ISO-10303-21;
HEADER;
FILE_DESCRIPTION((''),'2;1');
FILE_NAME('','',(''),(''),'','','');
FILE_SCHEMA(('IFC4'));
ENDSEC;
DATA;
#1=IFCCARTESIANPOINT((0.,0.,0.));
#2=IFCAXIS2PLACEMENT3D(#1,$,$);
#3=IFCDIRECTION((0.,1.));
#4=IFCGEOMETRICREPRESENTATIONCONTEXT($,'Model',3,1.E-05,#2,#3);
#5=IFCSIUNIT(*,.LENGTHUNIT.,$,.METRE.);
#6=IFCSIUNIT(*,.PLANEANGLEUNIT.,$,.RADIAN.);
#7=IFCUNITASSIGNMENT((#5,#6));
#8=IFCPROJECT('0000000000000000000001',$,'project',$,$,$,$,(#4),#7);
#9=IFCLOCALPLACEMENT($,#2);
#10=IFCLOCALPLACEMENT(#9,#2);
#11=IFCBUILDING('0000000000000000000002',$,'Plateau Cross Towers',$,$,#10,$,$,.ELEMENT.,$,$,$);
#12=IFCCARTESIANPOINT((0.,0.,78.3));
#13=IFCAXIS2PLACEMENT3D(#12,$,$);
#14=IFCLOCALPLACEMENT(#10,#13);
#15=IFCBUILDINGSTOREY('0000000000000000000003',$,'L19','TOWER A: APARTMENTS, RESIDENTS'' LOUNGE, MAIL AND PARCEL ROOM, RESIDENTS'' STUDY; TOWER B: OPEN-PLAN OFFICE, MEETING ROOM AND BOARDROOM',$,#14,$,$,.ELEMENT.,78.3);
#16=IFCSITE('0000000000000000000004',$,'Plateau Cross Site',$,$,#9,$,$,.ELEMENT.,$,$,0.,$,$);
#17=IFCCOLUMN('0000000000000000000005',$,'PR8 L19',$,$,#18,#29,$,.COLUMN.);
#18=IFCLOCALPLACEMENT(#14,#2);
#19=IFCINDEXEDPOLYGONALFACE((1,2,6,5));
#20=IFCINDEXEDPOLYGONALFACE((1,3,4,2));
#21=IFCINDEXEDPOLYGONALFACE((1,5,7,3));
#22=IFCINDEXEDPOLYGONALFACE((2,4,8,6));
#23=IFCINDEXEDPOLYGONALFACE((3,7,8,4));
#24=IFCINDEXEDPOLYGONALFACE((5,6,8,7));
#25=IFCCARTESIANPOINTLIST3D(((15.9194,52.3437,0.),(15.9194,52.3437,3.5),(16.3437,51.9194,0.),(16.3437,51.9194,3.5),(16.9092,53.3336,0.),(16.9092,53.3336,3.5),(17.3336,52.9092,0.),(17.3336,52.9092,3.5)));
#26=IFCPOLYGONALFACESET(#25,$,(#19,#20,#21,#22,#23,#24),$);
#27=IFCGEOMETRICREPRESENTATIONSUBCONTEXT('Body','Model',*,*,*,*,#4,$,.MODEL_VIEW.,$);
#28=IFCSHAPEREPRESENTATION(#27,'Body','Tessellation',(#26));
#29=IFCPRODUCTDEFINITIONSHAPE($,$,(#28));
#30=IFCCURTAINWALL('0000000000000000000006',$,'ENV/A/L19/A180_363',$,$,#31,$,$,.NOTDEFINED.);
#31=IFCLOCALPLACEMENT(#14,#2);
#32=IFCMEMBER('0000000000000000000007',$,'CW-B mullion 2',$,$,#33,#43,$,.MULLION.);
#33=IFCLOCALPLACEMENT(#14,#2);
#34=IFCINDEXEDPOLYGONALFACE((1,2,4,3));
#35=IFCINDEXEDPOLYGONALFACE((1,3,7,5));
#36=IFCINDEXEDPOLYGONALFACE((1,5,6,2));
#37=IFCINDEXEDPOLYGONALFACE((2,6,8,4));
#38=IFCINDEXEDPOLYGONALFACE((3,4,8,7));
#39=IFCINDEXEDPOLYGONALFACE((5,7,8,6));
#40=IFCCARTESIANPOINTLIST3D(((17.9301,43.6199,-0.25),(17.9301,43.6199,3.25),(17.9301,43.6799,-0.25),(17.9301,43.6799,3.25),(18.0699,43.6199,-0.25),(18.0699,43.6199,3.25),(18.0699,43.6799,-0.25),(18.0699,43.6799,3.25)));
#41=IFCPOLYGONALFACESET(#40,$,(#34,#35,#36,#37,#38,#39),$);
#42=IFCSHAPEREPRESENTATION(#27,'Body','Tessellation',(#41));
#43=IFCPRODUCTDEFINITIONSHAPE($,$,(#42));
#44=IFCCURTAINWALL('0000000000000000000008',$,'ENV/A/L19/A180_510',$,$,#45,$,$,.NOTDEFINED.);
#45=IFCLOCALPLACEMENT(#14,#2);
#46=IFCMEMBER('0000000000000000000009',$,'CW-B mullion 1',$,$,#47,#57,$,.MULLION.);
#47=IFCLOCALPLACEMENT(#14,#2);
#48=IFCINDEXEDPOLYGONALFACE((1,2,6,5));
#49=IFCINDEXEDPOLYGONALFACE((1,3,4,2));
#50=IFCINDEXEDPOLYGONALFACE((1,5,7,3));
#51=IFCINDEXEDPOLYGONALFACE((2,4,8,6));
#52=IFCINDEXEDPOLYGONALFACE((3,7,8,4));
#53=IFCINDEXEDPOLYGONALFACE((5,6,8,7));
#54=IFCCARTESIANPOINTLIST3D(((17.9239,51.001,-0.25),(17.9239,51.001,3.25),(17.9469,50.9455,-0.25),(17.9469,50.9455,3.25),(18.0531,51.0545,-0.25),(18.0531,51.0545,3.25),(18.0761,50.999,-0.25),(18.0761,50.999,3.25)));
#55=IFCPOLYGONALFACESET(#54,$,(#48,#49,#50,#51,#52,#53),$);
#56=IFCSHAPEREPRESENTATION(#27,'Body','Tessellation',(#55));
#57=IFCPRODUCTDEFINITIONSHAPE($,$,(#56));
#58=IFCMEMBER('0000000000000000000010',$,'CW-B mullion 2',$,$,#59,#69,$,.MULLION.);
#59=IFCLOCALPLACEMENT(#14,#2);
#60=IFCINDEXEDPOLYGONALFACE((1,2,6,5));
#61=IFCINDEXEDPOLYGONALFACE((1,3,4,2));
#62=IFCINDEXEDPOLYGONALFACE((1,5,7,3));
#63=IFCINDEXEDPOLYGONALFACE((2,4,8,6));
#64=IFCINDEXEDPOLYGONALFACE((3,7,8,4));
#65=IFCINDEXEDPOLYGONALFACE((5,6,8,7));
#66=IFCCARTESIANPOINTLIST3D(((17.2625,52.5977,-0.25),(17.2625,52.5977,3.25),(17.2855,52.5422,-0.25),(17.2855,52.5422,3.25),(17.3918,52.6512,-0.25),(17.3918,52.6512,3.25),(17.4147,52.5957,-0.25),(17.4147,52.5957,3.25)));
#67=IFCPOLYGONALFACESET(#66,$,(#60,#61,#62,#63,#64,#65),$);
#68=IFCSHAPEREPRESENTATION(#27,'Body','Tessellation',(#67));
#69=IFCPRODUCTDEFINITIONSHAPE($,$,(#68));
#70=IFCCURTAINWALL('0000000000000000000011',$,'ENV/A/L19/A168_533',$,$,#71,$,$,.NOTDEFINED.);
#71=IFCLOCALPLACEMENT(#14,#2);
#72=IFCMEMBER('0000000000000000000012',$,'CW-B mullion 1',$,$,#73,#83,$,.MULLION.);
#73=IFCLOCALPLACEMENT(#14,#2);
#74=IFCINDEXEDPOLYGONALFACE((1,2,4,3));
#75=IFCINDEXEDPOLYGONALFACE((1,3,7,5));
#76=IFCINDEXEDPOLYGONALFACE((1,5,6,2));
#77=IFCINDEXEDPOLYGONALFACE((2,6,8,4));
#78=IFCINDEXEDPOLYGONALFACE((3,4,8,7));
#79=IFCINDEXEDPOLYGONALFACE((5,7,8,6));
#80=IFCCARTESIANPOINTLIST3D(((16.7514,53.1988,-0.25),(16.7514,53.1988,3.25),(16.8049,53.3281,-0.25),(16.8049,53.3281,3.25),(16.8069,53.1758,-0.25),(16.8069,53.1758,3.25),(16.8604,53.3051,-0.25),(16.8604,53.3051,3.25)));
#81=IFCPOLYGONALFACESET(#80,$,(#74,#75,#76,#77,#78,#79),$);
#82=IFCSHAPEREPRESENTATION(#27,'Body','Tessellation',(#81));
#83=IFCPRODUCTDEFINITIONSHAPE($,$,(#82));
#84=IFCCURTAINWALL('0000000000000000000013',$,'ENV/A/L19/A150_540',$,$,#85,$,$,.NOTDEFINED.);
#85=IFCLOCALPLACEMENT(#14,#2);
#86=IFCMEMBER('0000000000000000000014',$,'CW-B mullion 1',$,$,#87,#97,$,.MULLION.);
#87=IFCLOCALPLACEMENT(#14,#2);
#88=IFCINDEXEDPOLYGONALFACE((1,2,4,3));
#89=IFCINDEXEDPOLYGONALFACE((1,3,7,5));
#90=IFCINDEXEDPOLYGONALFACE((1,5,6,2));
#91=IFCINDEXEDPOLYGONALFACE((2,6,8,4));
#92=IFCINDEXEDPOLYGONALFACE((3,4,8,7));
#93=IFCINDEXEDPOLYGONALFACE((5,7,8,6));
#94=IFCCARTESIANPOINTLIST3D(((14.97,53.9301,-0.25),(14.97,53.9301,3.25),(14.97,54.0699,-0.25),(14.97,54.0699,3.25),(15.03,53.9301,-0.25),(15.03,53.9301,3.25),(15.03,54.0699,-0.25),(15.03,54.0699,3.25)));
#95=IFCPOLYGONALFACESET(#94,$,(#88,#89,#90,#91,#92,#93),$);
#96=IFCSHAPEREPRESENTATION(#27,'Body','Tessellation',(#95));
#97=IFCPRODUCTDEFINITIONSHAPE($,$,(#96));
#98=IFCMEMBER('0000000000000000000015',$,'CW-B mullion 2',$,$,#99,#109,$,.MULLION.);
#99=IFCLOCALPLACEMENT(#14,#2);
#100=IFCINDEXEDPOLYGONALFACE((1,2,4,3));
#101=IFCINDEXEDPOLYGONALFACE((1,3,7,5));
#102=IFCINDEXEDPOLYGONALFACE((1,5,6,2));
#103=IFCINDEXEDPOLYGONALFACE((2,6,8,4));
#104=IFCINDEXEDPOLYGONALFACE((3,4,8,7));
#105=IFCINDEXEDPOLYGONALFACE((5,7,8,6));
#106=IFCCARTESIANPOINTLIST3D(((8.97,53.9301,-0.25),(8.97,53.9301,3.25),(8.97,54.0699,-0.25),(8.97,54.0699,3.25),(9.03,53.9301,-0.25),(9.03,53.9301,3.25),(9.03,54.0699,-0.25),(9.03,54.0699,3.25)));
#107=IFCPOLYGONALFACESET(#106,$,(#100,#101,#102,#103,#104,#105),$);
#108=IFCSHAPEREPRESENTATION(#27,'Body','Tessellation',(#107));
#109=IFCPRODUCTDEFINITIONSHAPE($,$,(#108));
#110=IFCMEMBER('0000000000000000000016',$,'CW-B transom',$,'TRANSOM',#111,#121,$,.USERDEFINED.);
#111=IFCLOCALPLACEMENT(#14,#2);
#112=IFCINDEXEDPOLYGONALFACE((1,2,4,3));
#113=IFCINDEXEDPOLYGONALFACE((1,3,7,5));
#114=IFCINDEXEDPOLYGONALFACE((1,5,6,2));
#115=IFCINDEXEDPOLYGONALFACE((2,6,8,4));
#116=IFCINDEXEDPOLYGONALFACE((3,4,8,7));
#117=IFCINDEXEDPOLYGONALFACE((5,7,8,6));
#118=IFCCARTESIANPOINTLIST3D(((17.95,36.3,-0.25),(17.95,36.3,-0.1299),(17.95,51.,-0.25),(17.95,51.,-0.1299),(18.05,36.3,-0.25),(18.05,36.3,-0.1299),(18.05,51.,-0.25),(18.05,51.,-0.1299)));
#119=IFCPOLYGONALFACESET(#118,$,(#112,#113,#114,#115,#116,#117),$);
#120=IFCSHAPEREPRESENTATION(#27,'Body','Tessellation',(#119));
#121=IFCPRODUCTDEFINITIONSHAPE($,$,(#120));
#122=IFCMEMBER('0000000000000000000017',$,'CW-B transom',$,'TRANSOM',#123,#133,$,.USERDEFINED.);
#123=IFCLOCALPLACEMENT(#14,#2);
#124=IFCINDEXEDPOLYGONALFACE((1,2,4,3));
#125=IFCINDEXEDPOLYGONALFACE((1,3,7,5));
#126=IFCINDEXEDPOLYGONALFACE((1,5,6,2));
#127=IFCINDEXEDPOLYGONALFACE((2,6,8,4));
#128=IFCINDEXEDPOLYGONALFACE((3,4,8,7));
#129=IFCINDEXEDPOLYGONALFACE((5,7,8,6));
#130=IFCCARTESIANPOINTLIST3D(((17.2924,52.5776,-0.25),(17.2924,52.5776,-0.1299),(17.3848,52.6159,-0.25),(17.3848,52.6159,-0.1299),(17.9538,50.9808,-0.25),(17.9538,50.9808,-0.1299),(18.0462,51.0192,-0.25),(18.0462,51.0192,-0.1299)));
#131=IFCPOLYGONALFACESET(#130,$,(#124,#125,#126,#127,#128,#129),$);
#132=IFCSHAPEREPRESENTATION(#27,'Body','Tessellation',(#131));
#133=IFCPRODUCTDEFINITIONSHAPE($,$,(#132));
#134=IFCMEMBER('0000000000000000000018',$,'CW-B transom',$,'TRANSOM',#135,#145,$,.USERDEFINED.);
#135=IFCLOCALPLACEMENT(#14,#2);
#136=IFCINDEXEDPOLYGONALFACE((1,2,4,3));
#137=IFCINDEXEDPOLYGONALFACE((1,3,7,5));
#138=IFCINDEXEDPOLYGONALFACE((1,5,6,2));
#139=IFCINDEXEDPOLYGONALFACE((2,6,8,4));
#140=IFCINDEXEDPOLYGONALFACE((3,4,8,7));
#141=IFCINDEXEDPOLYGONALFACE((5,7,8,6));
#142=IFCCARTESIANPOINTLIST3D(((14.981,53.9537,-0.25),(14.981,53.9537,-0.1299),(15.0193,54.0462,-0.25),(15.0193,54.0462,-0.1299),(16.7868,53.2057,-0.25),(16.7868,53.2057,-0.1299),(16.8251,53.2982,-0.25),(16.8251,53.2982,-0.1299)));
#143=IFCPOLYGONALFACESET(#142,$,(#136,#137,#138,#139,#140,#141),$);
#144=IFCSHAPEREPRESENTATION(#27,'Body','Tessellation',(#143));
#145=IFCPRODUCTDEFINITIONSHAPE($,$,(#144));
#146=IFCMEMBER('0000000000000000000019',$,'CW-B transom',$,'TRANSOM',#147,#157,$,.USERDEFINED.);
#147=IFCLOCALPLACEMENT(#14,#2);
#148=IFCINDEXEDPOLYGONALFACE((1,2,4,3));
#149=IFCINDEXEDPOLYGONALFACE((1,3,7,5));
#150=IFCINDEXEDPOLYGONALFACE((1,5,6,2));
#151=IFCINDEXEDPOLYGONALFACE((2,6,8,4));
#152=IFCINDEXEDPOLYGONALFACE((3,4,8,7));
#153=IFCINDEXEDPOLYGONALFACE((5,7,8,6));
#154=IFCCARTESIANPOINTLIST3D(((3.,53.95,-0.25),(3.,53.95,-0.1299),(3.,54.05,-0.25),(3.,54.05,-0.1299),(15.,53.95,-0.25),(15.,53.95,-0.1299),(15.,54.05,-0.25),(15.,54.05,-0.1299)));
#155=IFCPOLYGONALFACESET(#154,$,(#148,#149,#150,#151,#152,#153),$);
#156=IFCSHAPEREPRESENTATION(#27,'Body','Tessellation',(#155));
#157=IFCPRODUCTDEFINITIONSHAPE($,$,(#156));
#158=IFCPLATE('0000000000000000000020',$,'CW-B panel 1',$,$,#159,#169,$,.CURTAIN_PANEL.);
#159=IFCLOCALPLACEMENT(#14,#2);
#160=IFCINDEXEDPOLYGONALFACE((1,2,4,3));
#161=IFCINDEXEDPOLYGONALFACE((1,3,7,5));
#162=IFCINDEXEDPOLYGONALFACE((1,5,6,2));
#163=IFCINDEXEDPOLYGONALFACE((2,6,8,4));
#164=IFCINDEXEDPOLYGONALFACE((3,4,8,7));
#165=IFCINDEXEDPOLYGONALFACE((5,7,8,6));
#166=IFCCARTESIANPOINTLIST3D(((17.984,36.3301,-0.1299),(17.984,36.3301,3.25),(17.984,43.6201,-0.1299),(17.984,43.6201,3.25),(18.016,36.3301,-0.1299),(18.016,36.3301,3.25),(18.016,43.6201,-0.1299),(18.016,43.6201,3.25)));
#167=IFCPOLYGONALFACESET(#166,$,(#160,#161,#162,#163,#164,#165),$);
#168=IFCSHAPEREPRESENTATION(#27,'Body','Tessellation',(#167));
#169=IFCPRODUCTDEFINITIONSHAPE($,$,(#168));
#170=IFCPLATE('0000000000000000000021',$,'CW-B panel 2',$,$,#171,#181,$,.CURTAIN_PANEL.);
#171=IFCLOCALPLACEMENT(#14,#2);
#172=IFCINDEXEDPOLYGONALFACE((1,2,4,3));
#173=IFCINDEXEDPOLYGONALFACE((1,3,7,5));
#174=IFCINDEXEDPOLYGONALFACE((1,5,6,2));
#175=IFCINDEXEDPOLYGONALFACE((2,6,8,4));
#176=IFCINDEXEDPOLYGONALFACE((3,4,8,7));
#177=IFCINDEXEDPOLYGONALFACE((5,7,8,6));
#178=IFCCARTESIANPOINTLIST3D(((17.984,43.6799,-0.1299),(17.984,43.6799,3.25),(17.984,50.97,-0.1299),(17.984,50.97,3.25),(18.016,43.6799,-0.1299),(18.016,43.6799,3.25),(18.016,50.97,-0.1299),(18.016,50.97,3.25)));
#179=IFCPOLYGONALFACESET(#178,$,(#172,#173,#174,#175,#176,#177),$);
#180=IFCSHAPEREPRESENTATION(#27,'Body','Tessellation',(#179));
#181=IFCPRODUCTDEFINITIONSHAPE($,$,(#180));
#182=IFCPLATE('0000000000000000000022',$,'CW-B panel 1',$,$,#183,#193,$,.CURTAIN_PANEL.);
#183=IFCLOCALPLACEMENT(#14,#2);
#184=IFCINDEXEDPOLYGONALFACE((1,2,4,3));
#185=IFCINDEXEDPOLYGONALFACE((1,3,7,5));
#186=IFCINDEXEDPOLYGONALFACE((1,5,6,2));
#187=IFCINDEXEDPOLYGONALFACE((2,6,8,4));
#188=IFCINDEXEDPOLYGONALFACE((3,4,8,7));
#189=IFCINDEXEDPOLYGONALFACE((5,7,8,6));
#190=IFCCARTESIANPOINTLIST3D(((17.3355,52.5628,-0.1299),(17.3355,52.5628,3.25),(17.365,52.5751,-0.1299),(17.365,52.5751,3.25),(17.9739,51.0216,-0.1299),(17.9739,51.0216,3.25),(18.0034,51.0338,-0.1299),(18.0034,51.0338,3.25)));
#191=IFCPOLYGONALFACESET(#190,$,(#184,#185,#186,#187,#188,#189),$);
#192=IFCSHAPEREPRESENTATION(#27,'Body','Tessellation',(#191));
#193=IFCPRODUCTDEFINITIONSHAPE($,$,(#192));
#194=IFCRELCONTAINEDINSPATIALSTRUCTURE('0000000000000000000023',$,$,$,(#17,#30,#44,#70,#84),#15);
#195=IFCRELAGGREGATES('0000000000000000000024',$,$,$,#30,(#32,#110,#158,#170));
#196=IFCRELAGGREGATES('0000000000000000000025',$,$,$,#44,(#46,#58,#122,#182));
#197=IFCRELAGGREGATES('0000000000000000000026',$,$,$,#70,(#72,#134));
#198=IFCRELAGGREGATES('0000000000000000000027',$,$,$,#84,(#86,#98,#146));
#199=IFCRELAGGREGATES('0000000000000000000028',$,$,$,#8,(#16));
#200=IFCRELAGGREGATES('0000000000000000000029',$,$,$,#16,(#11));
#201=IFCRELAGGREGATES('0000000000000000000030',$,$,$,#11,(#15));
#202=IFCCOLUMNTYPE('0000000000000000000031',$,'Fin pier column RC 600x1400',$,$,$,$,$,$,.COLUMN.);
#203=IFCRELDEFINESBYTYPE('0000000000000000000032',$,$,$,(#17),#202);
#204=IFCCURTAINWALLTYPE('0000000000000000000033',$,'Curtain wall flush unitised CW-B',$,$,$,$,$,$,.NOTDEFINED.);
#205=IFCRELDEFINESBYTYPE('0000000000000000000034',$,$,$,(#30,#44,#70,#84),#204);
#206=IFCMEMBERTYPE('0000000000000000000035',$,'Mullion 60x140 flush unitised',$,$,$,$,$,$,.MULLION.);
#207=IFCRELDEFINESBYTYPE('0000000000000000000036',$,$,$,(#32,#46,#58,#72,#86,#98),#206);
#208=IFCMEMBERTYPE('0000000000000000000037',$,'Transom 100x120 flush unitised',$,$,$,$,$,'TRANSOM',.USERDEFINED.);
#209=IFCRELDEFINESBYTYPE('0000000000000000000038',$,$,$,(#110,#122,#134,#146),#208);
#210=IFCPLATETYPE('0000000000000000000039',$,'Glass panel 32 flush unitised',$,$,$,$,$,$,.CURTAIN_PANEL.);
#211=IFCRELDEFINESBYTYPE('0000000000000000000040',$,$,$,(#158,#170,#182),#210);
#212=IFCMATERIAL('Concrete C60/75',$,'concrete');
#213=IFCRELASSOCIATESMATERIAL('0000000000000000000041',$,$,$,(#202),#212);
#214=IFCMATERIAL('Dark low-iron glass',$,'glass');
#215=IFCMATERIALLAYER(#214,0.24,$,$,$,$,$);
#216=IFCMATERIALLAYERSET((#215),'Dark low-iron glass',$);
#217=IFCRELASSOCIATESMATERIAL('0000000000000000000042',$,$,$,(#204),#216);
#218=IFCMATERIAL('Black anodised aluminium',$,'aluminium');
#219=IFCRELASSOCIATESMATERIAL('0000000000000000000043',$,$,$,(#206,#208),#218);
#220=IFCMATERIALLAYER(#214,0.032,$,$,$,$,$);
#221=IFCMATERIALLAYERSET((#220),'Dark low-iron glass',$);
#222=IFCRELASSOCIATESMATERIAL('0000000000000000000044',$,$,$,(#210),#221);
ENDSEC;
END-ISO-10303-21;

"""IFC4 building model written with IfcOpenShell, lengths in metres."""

from ifc_helpers import new_model, si_unit, direction, frame, origin, origin_2d, place, context, subcontext, project, spatial, rectangle, extrude, material, layer, layer_set, material_profile, profile_set, type_object, element, aggregate, save


model = new_model("IFC4")

# Units and contexts
model_context = context("Model", 3, precision=1e-05, world=origin(), true_north=direction((0.0, 1.0)))
body_context = subcontext(model_context, "Body", "Model", "MODEL_VIEW")
ifc_project = project(units=[si_unit("LENGTHUNIT", "METRE"), si_unit("PLANEANGLEUNIT", "RADIAN")], contexts=[model_context])

# Site, building, storey
site_placement = place(None, origin())
site = spatial("IfcSite", under=ifc_project, at=site_placement, Name="Plateau Cross Site", CompositionType="ELEMENT", RefElevation=0.0)
building_placement = place(site_placement, origin())
building = spatial("IfcBuilding", under=site, at=building_placement, Name="Plateau Cross Towers", CompositionType="ELEMENT")
storey_placement = place(building_placement, frame((0.0, 0.0, 78.3)))
storey = spatial("IfcBuildingStorey", under=building, at=storey_placement, Name="L19", Description="TOWER A: APARTMENTS, RESIDENTS' LOUNGE, MAIL AND PARCEL ROOM, RESIDENTS' STUDY; TOWER B: OPEN-PLAN OFFICE, MEETING ROOM AND BOARDROOM", CompositionType="ELEMENT", Elevation=78.3)

# Column
ifc_material_1 = material(Name="Concrete C60/75", Category="concrete")
ifc_material_profile_1 = material_profile(ifc_material_1, rectangle(XDim=0.6001, YDim=1.3999, at=origin_2d()), Name="RC 600x1400")
ifc_profile_set_1 = profile_set([ifc_material_profile_1], Name="Concrete C60/75")
column_type = type_object("IfcColumnType", Name="Fin pier column RC 600x1400", PredefinedType="COLUMN", material=ifc_profile_set_1)
column_placement = place(storey_placement, frame((16.6265, 52.6265, 0.0), z_axis=(0.0, 0.0, 1.0), x_axis=(-0.707107, 0.707107, 0.0)))
element("IfcColumn", 1, at=column_placement, inside=storey, type_object=column_type, Name="PR8 L19", PredefinedType="COLUMN", context=body_context, shape_type="SweptSolid", body=[
    extrude(rectangle(XDim=0.6001, YDim=1.3999, at=origin_2d()), origin(), (0.0, 0.0, 1.0), 3.5),
])

# Curtain wall, member
ifc_material_2 = material(Name="Dark low-iron glass", Category="glass")
ifc_layer_1 = layer(ifc_material_2, 0.24)
ifc_layer_set_1 = layer_set([ifc_layer_1], Name="Dark low-iron glass")
curtain_wall_type = type_object("IfcCurtainWallType", Name="Curtain wall flush unitised CW-B", PredefinedType="NOTDEFINED", material=ifc_layer_set_1)
curtain_wall_1_placement = place(storey_placement, origin())
curtain_wall_1 = element("IfcCurtainWall", 2, at=curtain_wall_1_placement, inside=storey, type_object=curtain_wall_type, Name="ENV/A/L19/A180_363", PredefinedType="NOTDEFINED")
ifc_material_3 = material(Name="Black anodised aluminium", Category="aluminium")
ifc_material_profile_2 = material_profile(ifc_material_3, rectangle(XDim=0.0601, YDim=0.1399, at=origin_2d()), Name="MULLION 60x140")
ifc_profile_set_2 = profile_set([ifc_material_profile_2], Name="Black anodised aluminium")
member_type_1 = type_object("IfcMemberType", Name="Mullion 60x140 flush unitised", PredefinedType="MULLION", material=ifc_profile_set_2)
member_1_placement = place(storey_placement, frame((18.0, 43.6499, -0.25), z_axis=(0.0, 0.0, 1.0), x_axis=(0.0, 1.0, 0.0)))
member_1 = element("IfcMember", 3, at=member_1_placement, type_object=member_type_1, Name="CW-B mullion 2", PredefinedType="MULLION", context=body_context, shape_type="SweptSolid", body=[
    extrude(rectangle(XDim=0.0601, YDim=0.1399, at=origin_2d()), origin(), (0.0, 0.0, 1.0), 3.5),
])

# Curtain wall, members
curtain_wall_2_placement = place(storey_placement, origin())
curtain_wall_2 = element("IfcCurtainWall", 4, at=curtain_wall_2_placement, inside=storey, type_object=curtain_wall_type, Name="ENV/A/L19/A180_510", PredefinedType="NOTDEFINED")
member_2_placement = place(storey_placement, frame((18.0, 51.0, -0.25), z_axis=(0.0, 0.0, 1.0), x_axis=(-0.382684, 0.923879, 0.0)))
member_2 = element("IfcMember", 5, at=member_2_placement, type_object=member_type_1, Name="CW-B mullion 1", PredefinedType="MULLION", context=body_context, shape_type="SweptSolid", body=[
    extrude(rectangle(XDim=0.0601, YDim=0.1399, at=origin_2d()), origin(), (0.0, 0.0, 1.0), 3.5),
])
member_3_placement = place(storey_placement, frame((17.3386, 52.5967, -0.25), z_axis=(0.0, 0.0, 1.0), x_axis=(-0.382684, 0.923879, 0.0)))
member_3 = element("IfcMember", 6, at=member_3_placement, type_object=member_type_1, Name="CW-B mullion 2", PredefinedType="MULLION", context=body_context, shape_type="SweptSolid", body=[
    extrude(rectangle(XDim=0.0601, YDim=0.1399, at=origin_2d()), origin(), (0.0, 0.0, 1.0), 3.5),
])

# Curtain wall, member
curtain_wall_3_placement = place(storey_placement, origin())
curtain_wall_3 = element("IfcCurtainWall", 7, at=curtain_wall_3_placement, inside=storey, type_object=curtain_wall_type, Name="ENV/A/L19/A168_533", PredefinedType="NOTDEFINED")
member_4_placement = place(storey_placement, frame((16.8059, 53.252, -0.25), z_axis=(0.0, 0.0, 1.0), x_axis=(-0.923879, 0.382684, 0.0)))
member_4 = element("IfcMember", 8, at=member_4_placement, type_object=member_type_1, Name="CW-B mullion 1", PredefinedType="MULLION", context=body_context, shape_type="SweptSolid", body=[
    extrude(rectangle(XDim=0.0601, YDim=0.1399, at=origin_2d()), origin(), (0.0, 0.0, 1.0), 3.5),
])

# Curtain wall, members
curtain_wall_4_placement = place(storey_placement, origin())
curtain_wall_4 = element("IfcCurtainWall", 9, at=curtain_wall_4_placement, inside=storey, type_object=curtain_wall_type, Name="ENV/A/L19/A150_540", PredefinedType="NOTDEFINED")
member_5_placement = place(storey_placement, frame((15.0, 54.0, -0.25), z_axis=(0.0, 0.0, 1.0), x_axis=(-1.0, 0.0, 0.0)))
member_5 = element("IfcMember", 10, at=member_5_placement, type_object=member_type_1, Name="CW-B mullion 1", PredefinedType="MULLION", context=body_context, shape_type="SweptSolid", body=[
    extrude(rectangle(XDim=0.0601, YDim=0.1399, at=origin_2d()), origin(), (0.0, 0.0, 1.0), 3.5),
])
member_6_placement = place(storey_placement, frame((9.0, 54.0, -0.25), z_axis=(0.0, 0.0, 1.0), x_axis=(-1.0, 0.0, 0.0)))
member_6 = element("IfcMember", 11, at=member_6_placement, type_object=member_type_1, Name="CW-B mullion 2", PredefinedType="MULLION", context=body_context, shape_type="SweptSolid", body=[
    extrude(rectangle(XDim=0.0601, YDim=0.1399, at=origin_2d()), origin(), (0.0, 0.0, 1.0), 3.5),
])

# Members
ifc_material_profile_3 = material_profile(ifc_material_3, rectangle(XDim=0.1001, YDim=0.1201, at=origin_2d()), Name="TRANSOM 100x120")
ifc_profile_set_3 = profile_set([ifc_material_profile_3], Name="Black anodised aluminium")
member_type_2 = type_object("IfcMemberType", Name="Transom 100x120 flush unitised", ElementType="TRANSOM", PredefinedType="USERDEFINED", material=ifc_profile_set_3)
member_7_placement = place(storey_placement, frame((18.0, 36.3, -0.1899), z_axis=(0.0, 1.0, 0.0), x_axis=(-1.0, 0.0, 0.0)))
member_7 = element("IfcMember", 12, at=member_7_placement, type_object=member_type_2, Name="CW-B transom", ObjectType="TRANSOM", PredefinedType="USERDEFINED", context=body_context, shape_type="SweptSolid", body=[
    extrude(rectangle(XDim=0.1001, YDim=0.1201, at=origin_2d()), origin(), (0.0, 0.0, 1.0), 14.7),
])
member_8_placement = place(storey_placement, frame((18.0, 51.0, -0.1899), z_axis=(-0.382689, 0.923877, 0.0), x_axis=(-0.923877, -0.382689, 0.0)))
member_8 = element("IfcMember", 13, at=member_8_placement, type_object=member_type_2, Name="CW-B transom", ObjectType="TRANSOM", PredefinedType="USERDEFINED", context=body_context, shape_type="SweptSolid", body=[
    extrude(rectangle(XDim=0.1001, YDim=0.1201, at=origin_2d()), origin(), (0.0, 0.0, 1.0), 1.7283),
])
member_9_placement = place(storey_placement, frame((16.8059, 53.252, -0.1899), z_axis=(-0.923877, 0.38269, 0.0), x_axis=(-0.38269, -0.923877, 0.0)))
member_9 = element("IfcMember", 14, at=member_9_placement, type_object=member_type_2, Name="CW-B transom", ObjectType="TRANSOM", PredefinedType="USERDEFINED", context=body_context, shape_type="SweptSolid", body=[
    extrude(rectangle(XDim=0.1001, YDim=0.1201, at=origin_2d()), origin(), (0.0, 0.0, 1.0), 1.9546),
])
member_10_placement = place(storey_placement, frame((15.0, 54.0, -0.1899), z_axis=(-1.0, 0.0, 0.0), x_axis=(0.0, -1.0, 0.0)))
member_10 = element("IfcMember", 15, at=member_10_placement, type_object=member_type_2, Name="CW-B transom", ObjectType="TRANSOM", PredefinedType="USERDEFINED", context=body_context, shape_type="SweptSolid", body=[
    extrude(rectangle(XDim=0.1001, YDim=0.1201, at=origin_2d()), origin(), (0.0, 0.0, 1.0), 12.0),
])

# Plates
ifc_layer_2 = layer(ifc_material_2, 0.032)
ifc_layer_set_2 = layer_set([ifc_layer_2], Name="Dark low-iron glass")
plate_type = type_object("IfcPlateType", Name="Glass panel 32 flush unitised", PredefinedType="CURTAIN_PANEL", material=ifc_layer_set_2)
plate_1_placement = place(storey_placement, frame((18.0, 39.9751, -0.1299), z_axis=(0.0, 0.0, 1.0), x_axis=(0.0, 1.0, 0.0)))
plate_1 = element("IfcPlate", 16, at=plate_1_placement, type_object=plate_type, Name="CW-B panel 1", PredefinedType="CURTAIN_PANEL", context=body_context, shape_type="SweptSolid", body=[
    extrude(rectangle(XDim=7.29, YDim=0.032, at=origin_2d()), origin(), (0.0, 0.0, 1.0), 3.3799),
])
plate_2_placement = place(storey_placement, frame((18.0, 47.325, -0.1299), z_axis=(0.0, 0.0, 1.0), x_axis=(0.0, 1.0, 0.0)))
plate_2 = element("IfcPlate", 17, at=plate_2_placement, type_object=plate_type, Name="CW-B panel 2", PredefinedType="CURTAIN_PANEL", context=body_context, shape_type="SweptSolid", body=[
    extrude(rectangle(XDim=7.29, YDim=0.032, at=origin_2d()), origin(), (0.0, 0.0, 1.0), 3.3799),
])
aggregate(curtain_wall_1, [member_1, member_7, plate_1, plate_2])
plate_3_placement = place(storey_placement, frame((17.6694, 51.7983, -0.1299), z_axis=(0.0, 0.0, 1.0), x_axis=(-0.382684, 0.923879, 0.0)))
plate_3 = element("IfcPlate", 18, at=plate_3_placement, type_object=plate_type, Name="CW-B panel 1", PredefinedType="CURTAIN_PANEL", context=body_context, shape_type="SweptSolid", body=[
    extrude(rectangle(XDim=1.6682, YDim=0.032, at=origin_2d()), origin(), (0.0, 0.0, 1.0), 3.3799),
])
aggregate(curtain_wall_2, [member_2, member_3, member_8, plate_3])
aggregate(curtain_wall_3, [member_4, member_9])
aggregate(curtain_wall_4, [member_5, member_6, member_10])

save(model, "model.ifc")
